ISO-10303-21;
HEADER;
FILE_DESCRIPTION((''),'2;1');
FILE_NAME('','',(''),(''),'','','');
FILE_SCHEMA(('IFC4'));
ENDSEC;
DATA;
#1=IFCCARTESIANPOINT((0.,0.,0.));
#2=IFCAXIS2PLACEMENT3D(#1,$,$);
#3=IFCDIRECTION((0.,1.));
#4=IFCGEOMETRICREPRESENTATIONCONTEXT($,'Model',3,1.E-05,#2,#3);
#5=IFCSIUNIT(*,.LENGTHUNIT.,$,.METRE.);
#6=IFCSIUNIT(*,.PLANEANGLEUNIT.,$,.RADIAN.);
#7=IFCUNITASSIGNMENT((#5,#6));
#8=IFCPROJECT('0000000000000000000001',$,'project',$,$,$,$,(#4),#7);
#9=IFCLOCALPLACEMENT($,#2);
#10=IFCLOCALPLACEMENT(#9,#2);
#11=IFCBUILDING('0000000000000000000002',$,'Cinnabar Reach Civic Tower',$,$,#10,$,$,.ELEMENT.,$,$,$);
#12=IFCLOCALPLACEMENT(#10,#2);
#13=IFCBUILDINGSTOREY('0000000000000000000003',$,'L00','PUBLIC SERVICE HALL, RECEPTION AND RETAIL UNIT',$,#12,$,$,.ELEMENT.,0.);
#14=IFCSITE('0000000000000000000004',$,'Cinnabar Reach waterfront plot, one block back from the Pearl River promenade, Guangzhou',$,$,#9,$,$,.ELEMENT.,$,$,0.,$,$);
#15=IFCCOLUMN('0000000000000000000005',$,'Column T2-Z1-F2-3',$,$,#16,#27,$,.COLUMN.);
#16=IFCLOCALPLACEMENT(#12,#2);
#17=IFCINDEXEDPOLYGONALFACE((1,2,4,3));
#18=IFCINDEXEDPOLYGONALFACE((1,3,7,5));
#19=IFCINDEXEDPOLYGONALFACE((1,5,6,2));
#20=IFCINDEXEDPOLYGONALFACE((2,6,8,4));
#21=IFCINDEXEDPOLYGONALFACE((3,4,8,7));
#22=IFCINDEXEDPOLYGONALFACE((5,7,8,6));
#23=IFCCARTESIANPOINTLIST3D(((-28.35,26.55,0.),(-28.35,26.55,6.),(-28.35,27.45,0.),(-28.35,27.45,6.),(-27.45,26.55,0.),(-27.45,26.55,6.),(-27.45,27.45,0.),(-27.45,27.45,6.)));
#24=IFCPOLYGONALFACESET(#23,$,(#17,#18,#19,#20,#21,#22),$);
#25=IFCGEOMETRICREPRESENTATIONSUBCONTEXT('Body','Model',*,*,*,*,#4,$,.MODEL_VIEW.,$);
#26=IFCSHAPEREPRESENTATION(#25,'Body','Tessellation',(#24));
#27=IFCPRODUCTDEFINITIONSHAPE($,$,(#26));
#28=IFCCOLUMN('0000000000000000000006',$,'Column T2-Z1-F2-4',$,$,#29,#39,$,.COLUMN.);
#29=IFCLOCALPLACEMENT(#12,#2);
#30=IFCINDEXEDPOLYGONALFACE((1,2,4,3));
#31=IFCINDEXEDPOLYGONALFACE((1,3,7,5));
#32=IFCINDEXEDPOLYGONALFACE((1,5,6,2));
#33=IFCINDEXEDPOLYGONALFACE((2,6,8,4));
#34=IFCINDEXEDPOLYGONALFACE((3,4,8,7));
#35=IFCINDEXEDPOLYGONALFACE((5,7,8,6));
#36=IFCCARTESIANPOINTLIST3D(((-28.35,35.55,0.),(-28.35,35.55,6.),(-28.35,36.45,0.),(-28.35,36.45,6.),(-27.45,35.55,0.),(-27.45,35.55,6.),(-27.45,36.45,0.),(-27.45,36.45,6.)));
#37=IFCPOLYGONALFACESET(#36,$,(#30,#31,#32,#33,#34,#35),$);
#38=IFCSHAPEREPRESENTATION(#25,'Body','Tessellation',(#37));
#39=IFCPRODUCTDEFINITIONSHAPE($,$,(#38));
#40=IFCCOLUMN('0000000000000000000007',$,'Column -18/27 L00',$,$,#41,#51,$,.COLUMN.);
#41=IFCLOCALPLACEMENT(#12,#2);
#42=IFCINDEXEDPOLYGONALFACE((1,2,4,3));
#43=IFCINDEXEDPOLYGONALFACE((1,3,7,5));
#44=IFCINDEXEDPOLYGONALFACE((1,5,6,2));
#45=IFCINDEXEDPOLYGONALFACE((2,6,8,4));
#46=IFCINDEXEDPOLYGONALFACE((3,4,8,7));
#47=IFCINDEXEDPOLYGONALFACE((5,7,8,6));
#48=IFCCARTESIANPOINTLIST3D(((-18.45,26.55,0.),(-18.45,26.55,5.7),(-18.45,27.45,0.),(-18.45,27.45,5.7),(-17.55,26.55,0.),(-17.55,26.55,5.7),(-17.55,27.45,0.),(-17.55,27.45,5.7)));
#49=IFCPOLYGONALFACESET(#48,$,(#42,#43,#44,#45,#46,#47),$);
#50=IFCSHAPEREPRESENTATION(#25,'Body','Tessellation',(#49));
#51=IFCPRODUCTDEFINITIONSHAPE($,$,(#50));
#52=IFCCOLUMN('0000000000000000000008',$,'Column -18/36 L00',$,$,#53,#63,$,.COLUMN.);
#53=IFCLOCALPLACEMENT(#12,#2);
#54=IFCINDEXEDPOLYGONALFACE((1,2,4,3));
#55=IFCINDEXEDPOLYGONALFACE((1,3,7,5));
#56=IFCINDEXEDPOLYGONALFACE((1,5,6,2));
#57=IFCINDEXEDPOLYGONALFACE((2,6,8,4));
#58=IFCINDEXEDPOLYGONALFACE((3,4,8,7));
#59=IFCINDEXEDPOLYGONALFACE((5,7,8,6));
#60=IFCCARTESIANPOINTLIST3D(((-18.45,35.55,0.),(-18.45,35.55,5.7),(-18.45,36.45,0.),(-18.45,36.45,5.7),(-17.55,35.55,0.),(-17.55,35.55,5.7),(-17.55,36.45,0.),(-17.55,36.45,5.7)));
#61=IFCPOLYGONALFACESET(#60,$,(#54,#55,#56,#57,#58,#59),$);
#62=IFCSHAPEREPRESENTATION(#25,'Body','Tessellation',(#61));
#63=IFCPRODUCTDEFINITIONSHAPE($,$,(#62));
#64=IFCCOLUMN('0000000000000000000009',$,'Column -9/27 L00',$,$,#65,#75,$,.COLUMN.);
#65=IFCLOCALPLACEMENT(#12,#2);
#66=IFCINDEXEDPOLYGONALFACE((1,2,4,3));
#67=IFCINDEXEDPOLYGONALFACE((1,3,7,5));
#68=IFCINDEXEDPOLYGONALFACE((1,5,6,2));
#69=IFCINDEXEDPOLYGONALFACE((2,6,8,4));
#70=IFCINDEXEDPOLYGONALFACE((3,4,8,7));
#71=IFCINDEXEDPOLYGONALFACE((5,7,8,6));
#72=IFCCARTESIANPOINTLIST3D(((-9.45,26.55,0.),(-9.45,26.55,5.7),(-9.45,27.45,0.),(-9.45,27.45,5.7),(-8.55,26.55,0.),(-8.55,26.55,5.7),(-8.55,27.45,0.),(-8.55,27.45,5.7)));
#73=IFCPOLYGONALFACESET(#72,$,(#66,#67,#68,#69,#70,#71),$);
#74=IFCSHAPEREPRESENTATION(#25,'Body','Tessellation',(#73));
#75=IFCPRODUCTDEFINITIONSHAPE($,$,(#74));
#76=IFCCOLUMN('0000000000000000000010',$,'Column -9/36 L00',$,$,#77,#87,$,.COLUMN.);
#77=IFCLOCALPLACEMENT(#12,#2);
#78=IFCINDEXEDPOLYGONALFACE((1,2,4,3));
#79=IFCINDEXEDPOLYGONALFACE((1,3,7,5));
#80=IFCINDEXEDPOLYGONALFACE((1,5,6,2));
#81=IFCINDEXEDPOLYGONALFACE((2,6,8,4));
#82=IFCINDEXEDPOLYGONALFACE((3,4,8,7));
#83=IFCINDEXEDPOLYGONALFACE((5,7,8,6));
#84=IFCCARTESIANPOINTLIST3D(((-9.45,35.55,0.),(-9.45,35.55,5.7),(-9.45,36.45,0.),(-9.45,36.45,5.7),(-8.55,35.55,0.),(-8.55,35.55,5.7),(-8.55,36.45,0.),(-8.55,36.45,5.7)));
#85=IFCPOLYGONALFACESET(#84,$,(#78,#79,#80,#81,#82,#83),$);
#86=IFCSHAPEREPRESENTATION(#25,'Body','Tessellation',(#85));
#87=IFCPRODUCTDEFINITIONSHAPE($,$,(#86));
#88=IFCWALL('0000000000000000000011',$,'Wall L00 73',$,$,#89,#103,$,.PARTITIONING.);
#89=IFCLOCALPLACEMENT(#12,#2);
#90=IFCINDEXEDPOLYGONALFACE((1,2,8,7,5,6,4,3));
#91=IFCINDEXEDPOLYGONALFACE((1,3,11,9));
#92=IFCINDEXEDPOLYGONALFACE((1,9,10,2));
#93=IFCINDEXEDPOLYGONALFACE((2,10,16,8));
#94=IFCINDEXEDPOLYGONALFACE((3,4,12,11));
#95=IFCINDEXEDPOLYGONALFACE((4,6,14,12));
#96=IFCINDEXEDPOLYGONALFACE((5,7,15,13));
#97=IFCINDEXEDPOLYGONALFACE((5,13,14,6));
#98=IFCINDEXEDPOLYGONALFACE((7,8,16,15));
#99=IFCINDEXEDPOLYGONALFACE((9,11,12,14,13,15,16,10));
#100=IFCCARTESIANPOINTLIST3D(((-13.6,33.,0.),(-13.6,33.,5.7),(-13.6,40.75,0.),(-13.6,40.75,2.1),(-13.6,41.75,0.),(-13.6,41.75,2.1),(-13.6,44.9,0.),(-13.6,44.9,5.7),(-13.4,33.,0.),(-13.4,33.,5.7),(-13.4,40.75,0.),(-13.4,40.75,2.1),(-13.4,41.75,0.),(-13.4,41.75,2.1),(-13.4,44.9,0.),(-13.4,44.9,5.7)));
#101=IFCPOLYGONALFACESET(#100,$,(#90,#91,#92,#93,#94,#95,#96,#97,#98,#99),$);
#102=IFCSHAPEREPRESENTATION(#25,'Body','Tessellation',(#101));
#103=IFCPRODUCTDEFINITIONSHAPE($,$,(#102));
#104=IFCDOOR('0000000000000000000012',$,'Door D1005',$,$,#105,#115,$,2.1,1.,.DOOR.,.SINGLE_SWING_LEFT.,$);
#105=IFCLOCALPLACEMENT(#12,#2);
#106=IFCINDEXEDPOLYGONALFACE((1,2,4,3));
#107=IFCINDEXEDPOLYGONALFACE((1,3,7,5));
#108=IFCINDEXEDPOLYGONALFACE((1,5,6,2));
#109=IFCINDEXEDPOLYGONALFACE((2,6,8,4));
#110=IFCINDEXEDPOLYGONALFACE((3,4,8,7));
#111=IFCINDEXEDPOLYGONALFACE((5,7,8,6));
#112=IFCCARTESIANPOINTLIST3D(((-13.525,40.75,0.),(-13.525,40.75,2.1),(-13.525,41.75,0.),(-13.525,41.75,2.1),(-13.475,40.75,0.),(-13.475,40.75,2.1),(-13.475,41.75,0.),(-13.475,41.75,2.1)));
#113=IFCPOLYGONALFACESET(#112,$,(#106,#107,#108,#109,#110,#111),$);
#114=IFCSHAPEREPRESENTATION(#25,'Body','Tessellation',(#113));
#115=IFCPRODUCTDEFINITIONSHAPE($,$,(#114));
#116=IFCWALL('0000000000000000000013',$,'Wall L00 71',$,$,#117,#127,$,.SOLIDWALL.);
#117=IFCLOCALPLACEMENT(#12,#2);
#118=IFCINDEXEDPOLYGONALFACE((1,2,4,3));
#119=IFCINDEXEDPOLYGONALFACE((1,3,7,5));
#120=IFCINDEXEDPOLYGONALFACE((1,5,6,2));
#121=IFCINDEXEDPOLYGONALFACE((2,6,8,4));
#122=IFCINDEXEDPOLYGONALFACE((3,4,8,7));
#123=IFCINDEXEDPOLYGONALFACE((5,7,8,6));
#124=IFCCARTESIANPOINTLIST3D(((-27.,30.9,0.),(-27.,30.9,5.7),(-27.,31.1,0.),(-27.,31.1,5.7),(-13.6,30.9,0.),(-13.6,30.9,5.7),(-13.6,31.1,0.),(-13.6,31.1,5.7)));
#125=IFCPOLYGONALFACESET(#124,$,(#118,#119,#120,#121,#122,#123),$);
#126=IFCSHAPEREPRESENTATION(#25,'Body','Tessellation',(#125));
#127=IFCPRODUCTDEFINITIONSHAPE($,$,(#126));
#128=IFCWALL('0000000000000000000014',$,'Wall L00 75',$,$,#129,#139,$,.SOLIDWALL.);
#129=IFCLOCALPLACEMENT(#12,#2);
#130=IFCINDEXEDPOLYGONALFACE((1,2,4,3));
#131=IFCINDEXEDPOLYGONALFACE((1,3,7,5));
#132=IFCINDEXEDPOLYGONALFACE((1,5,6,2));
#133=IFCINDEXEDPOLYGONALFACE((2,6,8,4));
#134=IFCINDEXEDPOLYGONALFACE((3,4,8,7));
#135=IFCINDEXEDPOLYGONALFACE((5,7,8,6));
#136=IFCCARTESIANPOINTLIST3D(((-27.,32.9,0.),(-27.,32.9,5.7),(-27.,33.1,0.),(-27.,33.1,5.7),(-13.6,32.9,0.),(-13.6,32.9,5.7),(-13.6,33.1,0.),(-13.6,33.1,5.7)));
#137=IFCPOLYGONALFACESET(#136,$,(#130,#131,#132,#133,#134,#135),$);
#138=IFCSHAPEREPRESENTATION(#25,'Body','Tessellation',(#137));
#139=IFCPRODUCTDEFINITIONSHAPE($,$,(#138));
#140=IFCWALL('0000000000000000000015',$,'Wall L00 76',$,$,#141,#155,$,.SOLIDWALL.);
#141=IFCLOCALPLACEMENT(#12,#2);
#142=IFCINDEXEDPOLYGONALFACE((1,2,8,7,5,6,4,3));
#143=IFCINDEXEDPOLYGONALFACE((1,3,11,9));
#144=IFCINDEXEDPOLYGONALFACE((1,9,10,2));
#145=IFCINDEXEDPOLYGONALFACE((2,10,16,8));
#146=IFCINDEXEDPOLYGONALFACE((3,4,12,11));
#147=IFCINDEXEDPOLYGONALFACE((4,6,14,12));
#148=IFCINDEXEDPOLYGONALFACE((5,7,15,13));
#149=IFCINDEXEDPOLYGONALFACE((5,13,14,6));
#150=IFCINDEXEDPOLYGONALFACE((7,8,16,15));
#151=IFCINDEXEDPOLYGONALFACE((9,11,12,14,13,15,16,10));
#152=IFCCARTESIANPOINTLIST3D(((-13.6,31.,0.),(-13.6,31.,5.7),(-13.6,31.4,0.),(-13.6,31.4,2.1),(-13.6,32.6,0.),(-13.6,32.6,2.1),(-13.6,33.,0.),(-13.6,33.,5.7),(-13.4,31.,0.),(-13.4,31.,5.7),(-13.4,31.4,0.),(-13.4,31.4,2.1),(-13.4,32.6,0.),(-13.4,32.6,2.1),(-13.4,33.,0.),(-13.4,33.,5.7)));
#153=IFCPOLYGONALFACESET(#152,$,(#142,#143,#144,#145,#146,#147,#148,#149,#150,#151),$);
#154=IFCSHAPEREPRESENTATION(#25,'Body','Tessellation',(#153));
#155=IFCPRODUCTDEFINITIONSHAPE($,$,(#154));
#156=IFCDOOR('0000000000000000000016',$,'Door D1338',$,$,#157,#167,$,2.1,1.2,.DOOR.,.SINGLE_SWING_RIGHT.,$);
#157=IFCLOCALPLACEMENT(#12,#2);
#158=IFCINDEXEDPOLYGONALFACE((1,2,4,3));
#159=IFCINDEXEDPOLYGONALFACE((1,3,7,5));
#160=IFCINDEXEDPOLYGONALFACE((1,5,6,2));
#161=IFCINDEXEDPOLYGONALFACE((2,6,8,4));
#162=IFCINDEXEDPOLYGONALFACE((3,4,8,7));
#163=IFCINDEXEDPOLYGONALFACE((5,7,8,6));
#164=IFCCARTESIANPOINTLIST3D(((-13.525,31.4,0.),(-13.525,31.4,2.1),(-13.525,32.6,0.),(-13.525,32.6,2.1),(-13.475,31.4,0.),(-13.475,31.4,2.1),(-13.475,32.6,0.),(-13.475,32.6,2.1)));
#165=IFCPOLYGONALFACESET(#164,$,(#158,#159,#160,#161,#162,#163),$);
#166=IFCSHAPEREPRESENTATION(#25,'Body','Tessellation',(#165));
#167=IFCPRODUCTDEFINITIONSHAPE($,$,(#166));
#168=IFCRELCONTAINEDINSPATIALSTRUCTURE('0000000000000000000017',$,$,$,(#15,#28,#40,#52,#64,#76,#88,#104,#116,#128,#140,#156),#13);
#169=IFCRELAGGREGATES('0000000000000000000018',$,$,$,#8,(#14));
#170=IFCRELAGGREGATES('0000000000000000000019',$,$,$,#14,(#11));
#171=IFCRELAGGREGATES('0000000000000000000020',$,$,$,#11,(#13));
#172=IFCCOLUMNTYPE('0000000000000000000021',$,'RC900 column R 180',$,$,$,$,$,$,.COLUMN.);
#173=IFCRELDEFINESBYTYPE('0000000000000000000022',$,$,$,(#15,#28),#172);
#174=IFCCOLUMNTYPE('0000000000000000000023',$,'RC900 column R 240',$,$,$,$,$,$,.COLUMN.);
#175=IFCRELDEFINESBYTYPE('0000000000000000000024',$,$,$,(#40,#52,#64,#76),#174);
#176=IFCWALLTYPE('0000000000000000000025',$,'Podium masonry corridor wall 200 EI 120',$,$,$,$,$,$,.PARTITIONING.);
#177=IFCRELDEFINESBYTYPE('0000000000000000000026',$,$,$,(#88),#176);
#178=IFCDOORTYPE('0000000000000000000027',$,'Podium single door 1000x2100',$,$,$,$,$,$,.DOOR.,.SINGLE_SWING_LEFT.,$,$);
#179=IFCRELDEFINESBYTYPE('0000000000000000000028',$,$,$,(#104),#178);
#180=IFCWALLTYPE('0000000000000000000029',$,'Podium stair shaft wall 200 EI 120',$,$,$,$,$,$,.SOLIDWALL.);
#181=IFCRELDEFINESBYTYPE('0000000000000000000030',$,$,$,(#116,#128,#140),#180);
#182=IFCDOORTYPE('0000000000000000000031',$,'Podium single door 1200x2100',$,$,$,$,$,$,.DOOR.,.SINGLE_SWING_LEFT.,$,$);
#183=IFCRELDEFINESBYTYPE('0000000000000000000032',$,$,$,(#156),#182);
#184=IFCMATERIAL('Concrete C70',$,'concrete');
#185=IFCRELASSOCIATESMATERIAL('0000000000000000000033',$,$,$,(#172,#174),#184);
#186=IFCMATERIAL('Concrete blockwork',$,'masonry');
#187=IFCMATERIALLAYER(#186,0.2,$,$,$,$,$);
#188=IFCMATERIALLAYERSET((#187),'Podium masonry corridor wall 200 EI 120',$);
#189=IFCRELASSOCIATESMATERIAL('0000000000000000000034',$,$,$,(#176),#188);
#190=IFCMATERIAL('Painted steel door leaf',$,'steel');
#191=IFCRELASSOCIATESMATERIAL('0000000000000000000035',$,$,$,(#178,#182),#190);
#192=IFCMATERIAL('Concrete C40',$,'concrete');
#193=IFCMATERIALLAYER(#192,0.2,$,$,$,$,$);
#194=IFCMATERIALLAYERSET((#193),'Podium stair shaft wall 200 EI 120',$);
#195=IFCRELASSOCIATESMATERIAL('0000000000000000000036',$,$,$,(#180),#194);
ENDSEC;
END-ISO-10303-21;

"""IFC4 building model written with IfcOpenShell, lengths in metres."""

from ifc_helpers import new_model, si_unit, direction, frame, frame_2d, origin, origin_2d, place, context, subcontext, project, spatial, rectangle, extrude, material, layer, layer_set, material_profile, profile_set, type_object, element, fill, save


model = new_model("IFC4")

# Units and contexts
model_context = context("Model", 3, precision=1e-05, world=origin(), true_north=direction((0.0, 1.0)))
body_context = subcontext(model_context, "Body", "Model", "MODEL_VIEW")
ifc_project = project(units=[si_unit("LENGTHUNIT", "METRE"), si_unit("PLANEANGLEUNIT", "RADIAN")], contexts=[model_context])

# Site, building, storey
site_placement = place(None, origin())
site = spatial("IfcSite", under=ifc_project, at=site_placement, Name="Cinnabar Reach waterfront plot, one block back from the Pearl River promenade, Guangzhou", CompositionType="ELEMENT", RefElevation=0.0)
building_placement = place(site_placement, origin())
building = spatial("IfcBuilding", under=site, at=building_placement, Name="Cinnabar Reach Civic Tower", CompositionType="ELEMENT")
storey_placement = place(building_placement, origin())
storey = spatial("IfcBuildingStorey", under=building, at=storey_placement, Name="L00", Description="PUBLIC SERVICE HALL, RECEPTION AND RETAIL UNIT", CompositionType="ELEMENT", Elevation=0.0)

# Columns
ifc_material_1 = material(Name="Concrete C70", Category="concrete")
ifc_material_profile_1 = material_profile(ifc_material_1, rectangle(XDim=0.9, YDim=0.9, at=origin_2d()), Name="RC900")
ifc_profile_set_1 = profile_set([ifc_material_profile_1], Name="Concrete C70")
column_type_1 = type_object("IfcColumnType", Name="RC900 column R 180", PredefinedType="COLUMN", material=ifc_profile_set_1)
for number, where, z_axis, x_axis, name in (
    (1, (-27.9, 27.0, 0.0), (0.0, 0.0, 1.0), (1.0, 0.0, 0.0), "Column T2-Z1-F2-3"),
    (2, (-27.9, 36.0, 0.0), (0.0, 0.0, 1.0), (1.0, 0.0, 0.0), "Column T2-Z1-F2-4"),
):
    element("IfcColumn", number, at=place(storey_placement, frame(where, z_axis=z_axis, x_axis=x_axis)), inside=storey, type_object=column_type_1, Name=name, PredefinedType="COLUMN", context=body_context, shape_type="SweptSolid", body=[
        extrude(rectangle(XDim=0.9, YDim=0.9, at=origin_2d()), origin(), (0.0, 0.0, 1.0), 6.0),
    ])
ifc_material_profile_2 = material_profile(ifc_material_1, rectangle(XDim=0.9, YDim=0.9, at=origin_2d()), Name="RC900")
ifc_profile_set_2 = profile_set([ifc_material_profile_2], Name="Concrete C70")
column_type_2 = type_object("IfcColumnType", Name="RC900 column R 240", PredefinedType="COLUMN", material=ifc_profile_set_2)
for number, where, z_axis, x_axis, name in (
    (3, (-18.0, 27.0, 0.0), (0.0, 0.0, 1.0), (1.0, 0.0, 0.0), "Column -18/27 L00"),
    (4, (-18.0, 36.0, 0.0), (0.0, 0.0, 1.0), (1.0, 0.0, 0.0), "Column -18/36 L00"),
    (5, (-9.0, 27.0, 0.0), (0.0, 0.0, 1.0), (1.0, 0.0, 0.0), "Column -9/27 L00"),
    (6, (-9.0, 36.0, 0.0), (0.0, 0.0, 1.0), (1.0, 0.0, 0.0), "Column -9/36 L00"),
):
    element("IfcColumn", number, at=place(storey_placement, frame(where, z_axis=z_axis, x_axis=x_axis)), inside=storey, type_object=column_type_2, Name=name, PredefinedType="COLUMN", context=body_context, shape_type="SweptSolid", body=[
        extrude(rectangle(XDim=0.9, YDim=0.9, at=origin_2d()), origin(), (0.0, 0.0, 1.0), 5.7),
    ])

# Wall, opening, door
ifc_material_2 = material(Name="Concrete blockwork", Category="masonry")
ifc_layer_1 = layer(ifc_material_2, 0.2)
ifc_layer_set_1 = layer_set([ifc_layer_1], Name="Podium masonry corridor wall 200 EI 120")
wall_type_1 = type_object("IfcWallType", Name="Podium masonry corridor wall 200 EI 120", PredefinedType="PARTITIONING", material=ifc_layer_set_1)
wall_1_placement = place(storey_placement, frame((-13.5, 33.0, 0.0), z_axis=(0.0, 0.0, 1.0), x_axis=(0.0, 1.0, 0.0)))
wall_1 = element("IfcWall", 7, at=wall_1_placement, inside=storey, type_object=wall_type_1, Name="Wall L00 73", PredefinedType="PARTITIONING", context=body_context, shape_type="SweptSolid", body=[
    extrude(rectangle(XDim=11.9, YDim=0.2, at=frame_2d((5.95, 0.0))), origin(), (0.0, 0.0, 1.0), 5.7),
])
opening_1_placement = place(wall_1_placement, frame((7.75, 0.0, 0.0)))
opening_1 = element("IfcOpeningElement", 8, at=opening_1_placement, cuts=wall_1, PredefinedType="OPENING", context=body_context, shape_type="SweptSolid", body=[
    extrude(rectangle(XDim=1.0, YDim=2.1, at=frame_2d((0.5, 1.05))), frame((0.0, 0.11, 0.0), z_axis=(0.0, -1.0, 0.0), x_axis=(1.0, 0.0, 0.0)), (0.0, 0.0, 1.0), 0.22),
])
ifc_material_3 = material(Name="Painted steel door leaf", Category="steel")
door_type_1 = type_object("IfcDoorType", Name="Podium single door 1000x2100", OperationType="SINGLE_SWING_LEFT", PredefinedType="DOOR", material=ifc_material_3)
door_1_placement = place(opening_1_placement, origin())
door_1 = element("IfcDoor", 9, at=door_1_placement, inside=storey, type_object=door_type_1, Name="Door D1005", OperationType="SINGLE_SWING_LEFT", OverallHeight=2.1, OverallWidth=1.0, PredefinedType="DOOR", context=body_context, shape_type="SweptSolid", body=[
    extrude(rectangle(XDim=1.0, YDim=2.1, at=frame_2d((0.5, 1.05))), frame((0.0, 0.025, 0.0), z_axis=(0.0, -1.0, 0.0), x_axis=(1.0, 0.0, 0.0)), (0.0, 0.0, 1.0), 0.05),
])
fill(opening_1, door_1)

# Walls
ifc_material_4 = material(Name="Concrete C40", Category="concrete")
ifc_layer_2 = layer(ifc_material_4, 0.2)
ifc_layer_set_2 = layer_set([ifc_layer_2], Name="Podium stair shaft wall 200 EI 120")
wall_type_2 = type_object("IfcWallType", Name="Podium stair shaft wall 200 EI 120", PredefinedType="SOLIDWALL", material=ifc_layer_set_2)
for number, where, z_axis, x_axis, name in (
    (10, (-27.0, 31.0, 0.0), (0.0, 0.0, 1.0), (1.0, 0.0, 0.0), "Wall L00 71"),
    (11, (-27.0, 33.0, 0.0), (0.0, 0.0, 1.0), (1.0, 0.0, 0.0), "Wall L00 75"),
):
    element("IfcWall", number, at=place(storey_placement, frame(where, z_axis=z_axis, x_axis=x_axis)), inside=storey, type_object=wall_type_2, Name=name, PredefinedType="SOLIDWALL", context=body_context, shape_type="SweptSolid", body=[
        extrude(rectangle(XDim=13.4, YDim=0.2, at=frame_2d((6.7, 0.0))), origin(), (0.0, 0.0, 1.0), 5.7),
    ])

# Wall, opening, door
wall_2_placement = place(storey_placement, frame((-13.5, 31.0, 0.0), z_axis=(0.0, 0.0, 1.0), x_axis=(0.0, 1.0, 0.0)))
wall_2 = element("IfcWall", 12, at=wall_2_placement, inside=storey, type_object=wall_type_2, Name="Wall L00 76", PredefinedType="SOLIDWALL", context=body_context, shape_type="SweptSolid", body=[
    extrude(rectangle(XDim=2.0, YDim=0.2, at=frame_2d((1.0, 0.0))), origin(), (0.0, 0.0, 1.0), 5.7),
])
opening_2_placement = place(wall_2_placement, frame((0.4, 0.0, 0.0)))
opening_2 = element("IfcOpeningElement", 13, at=opening_2_placement, cuts=wall_2, PredefinedType="OPENING", context=body_context, shape_type="SweptSolid", body=[
    extrude(rectangle(XDim=1.2, YDim=2.1, at=frame_2d((0.6, 1.05))), frame((0.0, 0.11, 0.0), z_axis=(0.0, -1.0, 0.0), x_axis=(1.0, 0.0, 0.0)), (0.0, 0.0, 1.0), 0.22),
])
door_type_2 = type_object("IfcDoorType", Name="Podium single door 1200x2100", OperationType="SINGLE_SWING_LEFT", PredefinedType="DOOR", material=ifc_material_3)
door_2_placement = place(opening_2_placement, frame((1.2, 0.0, 0.0), z_axis=(0.0, 0.0, 1.0), x_axis=(-1.0, 0.0, 0.0)))
door_2 = element("IfcDoor", 14, at=door_2_placement, inside=storey, type_object=door_type_2, Name="Door D1338", OperationType="SINGLE_SWING_RIGHT", OverallHeight=2.1, OverallWidth=1.2, PredefinedType="DOOR", context=body_context, shape_type="SweptSolid", body=[
    extrude(rectangle(XDim=1.2, YDim=2.1, at=frame_2d((0.6, 1.05))), frame((0.0, 0.025, 0.0), z_axis=(0.0, -1.0, 0.0), x_axis=(1.0, 0.0, 0.0)), (0.0, 0.0, 1.0), 0.05),
])
fill(opening_2, door_2)

save(model, "model.ifc")
